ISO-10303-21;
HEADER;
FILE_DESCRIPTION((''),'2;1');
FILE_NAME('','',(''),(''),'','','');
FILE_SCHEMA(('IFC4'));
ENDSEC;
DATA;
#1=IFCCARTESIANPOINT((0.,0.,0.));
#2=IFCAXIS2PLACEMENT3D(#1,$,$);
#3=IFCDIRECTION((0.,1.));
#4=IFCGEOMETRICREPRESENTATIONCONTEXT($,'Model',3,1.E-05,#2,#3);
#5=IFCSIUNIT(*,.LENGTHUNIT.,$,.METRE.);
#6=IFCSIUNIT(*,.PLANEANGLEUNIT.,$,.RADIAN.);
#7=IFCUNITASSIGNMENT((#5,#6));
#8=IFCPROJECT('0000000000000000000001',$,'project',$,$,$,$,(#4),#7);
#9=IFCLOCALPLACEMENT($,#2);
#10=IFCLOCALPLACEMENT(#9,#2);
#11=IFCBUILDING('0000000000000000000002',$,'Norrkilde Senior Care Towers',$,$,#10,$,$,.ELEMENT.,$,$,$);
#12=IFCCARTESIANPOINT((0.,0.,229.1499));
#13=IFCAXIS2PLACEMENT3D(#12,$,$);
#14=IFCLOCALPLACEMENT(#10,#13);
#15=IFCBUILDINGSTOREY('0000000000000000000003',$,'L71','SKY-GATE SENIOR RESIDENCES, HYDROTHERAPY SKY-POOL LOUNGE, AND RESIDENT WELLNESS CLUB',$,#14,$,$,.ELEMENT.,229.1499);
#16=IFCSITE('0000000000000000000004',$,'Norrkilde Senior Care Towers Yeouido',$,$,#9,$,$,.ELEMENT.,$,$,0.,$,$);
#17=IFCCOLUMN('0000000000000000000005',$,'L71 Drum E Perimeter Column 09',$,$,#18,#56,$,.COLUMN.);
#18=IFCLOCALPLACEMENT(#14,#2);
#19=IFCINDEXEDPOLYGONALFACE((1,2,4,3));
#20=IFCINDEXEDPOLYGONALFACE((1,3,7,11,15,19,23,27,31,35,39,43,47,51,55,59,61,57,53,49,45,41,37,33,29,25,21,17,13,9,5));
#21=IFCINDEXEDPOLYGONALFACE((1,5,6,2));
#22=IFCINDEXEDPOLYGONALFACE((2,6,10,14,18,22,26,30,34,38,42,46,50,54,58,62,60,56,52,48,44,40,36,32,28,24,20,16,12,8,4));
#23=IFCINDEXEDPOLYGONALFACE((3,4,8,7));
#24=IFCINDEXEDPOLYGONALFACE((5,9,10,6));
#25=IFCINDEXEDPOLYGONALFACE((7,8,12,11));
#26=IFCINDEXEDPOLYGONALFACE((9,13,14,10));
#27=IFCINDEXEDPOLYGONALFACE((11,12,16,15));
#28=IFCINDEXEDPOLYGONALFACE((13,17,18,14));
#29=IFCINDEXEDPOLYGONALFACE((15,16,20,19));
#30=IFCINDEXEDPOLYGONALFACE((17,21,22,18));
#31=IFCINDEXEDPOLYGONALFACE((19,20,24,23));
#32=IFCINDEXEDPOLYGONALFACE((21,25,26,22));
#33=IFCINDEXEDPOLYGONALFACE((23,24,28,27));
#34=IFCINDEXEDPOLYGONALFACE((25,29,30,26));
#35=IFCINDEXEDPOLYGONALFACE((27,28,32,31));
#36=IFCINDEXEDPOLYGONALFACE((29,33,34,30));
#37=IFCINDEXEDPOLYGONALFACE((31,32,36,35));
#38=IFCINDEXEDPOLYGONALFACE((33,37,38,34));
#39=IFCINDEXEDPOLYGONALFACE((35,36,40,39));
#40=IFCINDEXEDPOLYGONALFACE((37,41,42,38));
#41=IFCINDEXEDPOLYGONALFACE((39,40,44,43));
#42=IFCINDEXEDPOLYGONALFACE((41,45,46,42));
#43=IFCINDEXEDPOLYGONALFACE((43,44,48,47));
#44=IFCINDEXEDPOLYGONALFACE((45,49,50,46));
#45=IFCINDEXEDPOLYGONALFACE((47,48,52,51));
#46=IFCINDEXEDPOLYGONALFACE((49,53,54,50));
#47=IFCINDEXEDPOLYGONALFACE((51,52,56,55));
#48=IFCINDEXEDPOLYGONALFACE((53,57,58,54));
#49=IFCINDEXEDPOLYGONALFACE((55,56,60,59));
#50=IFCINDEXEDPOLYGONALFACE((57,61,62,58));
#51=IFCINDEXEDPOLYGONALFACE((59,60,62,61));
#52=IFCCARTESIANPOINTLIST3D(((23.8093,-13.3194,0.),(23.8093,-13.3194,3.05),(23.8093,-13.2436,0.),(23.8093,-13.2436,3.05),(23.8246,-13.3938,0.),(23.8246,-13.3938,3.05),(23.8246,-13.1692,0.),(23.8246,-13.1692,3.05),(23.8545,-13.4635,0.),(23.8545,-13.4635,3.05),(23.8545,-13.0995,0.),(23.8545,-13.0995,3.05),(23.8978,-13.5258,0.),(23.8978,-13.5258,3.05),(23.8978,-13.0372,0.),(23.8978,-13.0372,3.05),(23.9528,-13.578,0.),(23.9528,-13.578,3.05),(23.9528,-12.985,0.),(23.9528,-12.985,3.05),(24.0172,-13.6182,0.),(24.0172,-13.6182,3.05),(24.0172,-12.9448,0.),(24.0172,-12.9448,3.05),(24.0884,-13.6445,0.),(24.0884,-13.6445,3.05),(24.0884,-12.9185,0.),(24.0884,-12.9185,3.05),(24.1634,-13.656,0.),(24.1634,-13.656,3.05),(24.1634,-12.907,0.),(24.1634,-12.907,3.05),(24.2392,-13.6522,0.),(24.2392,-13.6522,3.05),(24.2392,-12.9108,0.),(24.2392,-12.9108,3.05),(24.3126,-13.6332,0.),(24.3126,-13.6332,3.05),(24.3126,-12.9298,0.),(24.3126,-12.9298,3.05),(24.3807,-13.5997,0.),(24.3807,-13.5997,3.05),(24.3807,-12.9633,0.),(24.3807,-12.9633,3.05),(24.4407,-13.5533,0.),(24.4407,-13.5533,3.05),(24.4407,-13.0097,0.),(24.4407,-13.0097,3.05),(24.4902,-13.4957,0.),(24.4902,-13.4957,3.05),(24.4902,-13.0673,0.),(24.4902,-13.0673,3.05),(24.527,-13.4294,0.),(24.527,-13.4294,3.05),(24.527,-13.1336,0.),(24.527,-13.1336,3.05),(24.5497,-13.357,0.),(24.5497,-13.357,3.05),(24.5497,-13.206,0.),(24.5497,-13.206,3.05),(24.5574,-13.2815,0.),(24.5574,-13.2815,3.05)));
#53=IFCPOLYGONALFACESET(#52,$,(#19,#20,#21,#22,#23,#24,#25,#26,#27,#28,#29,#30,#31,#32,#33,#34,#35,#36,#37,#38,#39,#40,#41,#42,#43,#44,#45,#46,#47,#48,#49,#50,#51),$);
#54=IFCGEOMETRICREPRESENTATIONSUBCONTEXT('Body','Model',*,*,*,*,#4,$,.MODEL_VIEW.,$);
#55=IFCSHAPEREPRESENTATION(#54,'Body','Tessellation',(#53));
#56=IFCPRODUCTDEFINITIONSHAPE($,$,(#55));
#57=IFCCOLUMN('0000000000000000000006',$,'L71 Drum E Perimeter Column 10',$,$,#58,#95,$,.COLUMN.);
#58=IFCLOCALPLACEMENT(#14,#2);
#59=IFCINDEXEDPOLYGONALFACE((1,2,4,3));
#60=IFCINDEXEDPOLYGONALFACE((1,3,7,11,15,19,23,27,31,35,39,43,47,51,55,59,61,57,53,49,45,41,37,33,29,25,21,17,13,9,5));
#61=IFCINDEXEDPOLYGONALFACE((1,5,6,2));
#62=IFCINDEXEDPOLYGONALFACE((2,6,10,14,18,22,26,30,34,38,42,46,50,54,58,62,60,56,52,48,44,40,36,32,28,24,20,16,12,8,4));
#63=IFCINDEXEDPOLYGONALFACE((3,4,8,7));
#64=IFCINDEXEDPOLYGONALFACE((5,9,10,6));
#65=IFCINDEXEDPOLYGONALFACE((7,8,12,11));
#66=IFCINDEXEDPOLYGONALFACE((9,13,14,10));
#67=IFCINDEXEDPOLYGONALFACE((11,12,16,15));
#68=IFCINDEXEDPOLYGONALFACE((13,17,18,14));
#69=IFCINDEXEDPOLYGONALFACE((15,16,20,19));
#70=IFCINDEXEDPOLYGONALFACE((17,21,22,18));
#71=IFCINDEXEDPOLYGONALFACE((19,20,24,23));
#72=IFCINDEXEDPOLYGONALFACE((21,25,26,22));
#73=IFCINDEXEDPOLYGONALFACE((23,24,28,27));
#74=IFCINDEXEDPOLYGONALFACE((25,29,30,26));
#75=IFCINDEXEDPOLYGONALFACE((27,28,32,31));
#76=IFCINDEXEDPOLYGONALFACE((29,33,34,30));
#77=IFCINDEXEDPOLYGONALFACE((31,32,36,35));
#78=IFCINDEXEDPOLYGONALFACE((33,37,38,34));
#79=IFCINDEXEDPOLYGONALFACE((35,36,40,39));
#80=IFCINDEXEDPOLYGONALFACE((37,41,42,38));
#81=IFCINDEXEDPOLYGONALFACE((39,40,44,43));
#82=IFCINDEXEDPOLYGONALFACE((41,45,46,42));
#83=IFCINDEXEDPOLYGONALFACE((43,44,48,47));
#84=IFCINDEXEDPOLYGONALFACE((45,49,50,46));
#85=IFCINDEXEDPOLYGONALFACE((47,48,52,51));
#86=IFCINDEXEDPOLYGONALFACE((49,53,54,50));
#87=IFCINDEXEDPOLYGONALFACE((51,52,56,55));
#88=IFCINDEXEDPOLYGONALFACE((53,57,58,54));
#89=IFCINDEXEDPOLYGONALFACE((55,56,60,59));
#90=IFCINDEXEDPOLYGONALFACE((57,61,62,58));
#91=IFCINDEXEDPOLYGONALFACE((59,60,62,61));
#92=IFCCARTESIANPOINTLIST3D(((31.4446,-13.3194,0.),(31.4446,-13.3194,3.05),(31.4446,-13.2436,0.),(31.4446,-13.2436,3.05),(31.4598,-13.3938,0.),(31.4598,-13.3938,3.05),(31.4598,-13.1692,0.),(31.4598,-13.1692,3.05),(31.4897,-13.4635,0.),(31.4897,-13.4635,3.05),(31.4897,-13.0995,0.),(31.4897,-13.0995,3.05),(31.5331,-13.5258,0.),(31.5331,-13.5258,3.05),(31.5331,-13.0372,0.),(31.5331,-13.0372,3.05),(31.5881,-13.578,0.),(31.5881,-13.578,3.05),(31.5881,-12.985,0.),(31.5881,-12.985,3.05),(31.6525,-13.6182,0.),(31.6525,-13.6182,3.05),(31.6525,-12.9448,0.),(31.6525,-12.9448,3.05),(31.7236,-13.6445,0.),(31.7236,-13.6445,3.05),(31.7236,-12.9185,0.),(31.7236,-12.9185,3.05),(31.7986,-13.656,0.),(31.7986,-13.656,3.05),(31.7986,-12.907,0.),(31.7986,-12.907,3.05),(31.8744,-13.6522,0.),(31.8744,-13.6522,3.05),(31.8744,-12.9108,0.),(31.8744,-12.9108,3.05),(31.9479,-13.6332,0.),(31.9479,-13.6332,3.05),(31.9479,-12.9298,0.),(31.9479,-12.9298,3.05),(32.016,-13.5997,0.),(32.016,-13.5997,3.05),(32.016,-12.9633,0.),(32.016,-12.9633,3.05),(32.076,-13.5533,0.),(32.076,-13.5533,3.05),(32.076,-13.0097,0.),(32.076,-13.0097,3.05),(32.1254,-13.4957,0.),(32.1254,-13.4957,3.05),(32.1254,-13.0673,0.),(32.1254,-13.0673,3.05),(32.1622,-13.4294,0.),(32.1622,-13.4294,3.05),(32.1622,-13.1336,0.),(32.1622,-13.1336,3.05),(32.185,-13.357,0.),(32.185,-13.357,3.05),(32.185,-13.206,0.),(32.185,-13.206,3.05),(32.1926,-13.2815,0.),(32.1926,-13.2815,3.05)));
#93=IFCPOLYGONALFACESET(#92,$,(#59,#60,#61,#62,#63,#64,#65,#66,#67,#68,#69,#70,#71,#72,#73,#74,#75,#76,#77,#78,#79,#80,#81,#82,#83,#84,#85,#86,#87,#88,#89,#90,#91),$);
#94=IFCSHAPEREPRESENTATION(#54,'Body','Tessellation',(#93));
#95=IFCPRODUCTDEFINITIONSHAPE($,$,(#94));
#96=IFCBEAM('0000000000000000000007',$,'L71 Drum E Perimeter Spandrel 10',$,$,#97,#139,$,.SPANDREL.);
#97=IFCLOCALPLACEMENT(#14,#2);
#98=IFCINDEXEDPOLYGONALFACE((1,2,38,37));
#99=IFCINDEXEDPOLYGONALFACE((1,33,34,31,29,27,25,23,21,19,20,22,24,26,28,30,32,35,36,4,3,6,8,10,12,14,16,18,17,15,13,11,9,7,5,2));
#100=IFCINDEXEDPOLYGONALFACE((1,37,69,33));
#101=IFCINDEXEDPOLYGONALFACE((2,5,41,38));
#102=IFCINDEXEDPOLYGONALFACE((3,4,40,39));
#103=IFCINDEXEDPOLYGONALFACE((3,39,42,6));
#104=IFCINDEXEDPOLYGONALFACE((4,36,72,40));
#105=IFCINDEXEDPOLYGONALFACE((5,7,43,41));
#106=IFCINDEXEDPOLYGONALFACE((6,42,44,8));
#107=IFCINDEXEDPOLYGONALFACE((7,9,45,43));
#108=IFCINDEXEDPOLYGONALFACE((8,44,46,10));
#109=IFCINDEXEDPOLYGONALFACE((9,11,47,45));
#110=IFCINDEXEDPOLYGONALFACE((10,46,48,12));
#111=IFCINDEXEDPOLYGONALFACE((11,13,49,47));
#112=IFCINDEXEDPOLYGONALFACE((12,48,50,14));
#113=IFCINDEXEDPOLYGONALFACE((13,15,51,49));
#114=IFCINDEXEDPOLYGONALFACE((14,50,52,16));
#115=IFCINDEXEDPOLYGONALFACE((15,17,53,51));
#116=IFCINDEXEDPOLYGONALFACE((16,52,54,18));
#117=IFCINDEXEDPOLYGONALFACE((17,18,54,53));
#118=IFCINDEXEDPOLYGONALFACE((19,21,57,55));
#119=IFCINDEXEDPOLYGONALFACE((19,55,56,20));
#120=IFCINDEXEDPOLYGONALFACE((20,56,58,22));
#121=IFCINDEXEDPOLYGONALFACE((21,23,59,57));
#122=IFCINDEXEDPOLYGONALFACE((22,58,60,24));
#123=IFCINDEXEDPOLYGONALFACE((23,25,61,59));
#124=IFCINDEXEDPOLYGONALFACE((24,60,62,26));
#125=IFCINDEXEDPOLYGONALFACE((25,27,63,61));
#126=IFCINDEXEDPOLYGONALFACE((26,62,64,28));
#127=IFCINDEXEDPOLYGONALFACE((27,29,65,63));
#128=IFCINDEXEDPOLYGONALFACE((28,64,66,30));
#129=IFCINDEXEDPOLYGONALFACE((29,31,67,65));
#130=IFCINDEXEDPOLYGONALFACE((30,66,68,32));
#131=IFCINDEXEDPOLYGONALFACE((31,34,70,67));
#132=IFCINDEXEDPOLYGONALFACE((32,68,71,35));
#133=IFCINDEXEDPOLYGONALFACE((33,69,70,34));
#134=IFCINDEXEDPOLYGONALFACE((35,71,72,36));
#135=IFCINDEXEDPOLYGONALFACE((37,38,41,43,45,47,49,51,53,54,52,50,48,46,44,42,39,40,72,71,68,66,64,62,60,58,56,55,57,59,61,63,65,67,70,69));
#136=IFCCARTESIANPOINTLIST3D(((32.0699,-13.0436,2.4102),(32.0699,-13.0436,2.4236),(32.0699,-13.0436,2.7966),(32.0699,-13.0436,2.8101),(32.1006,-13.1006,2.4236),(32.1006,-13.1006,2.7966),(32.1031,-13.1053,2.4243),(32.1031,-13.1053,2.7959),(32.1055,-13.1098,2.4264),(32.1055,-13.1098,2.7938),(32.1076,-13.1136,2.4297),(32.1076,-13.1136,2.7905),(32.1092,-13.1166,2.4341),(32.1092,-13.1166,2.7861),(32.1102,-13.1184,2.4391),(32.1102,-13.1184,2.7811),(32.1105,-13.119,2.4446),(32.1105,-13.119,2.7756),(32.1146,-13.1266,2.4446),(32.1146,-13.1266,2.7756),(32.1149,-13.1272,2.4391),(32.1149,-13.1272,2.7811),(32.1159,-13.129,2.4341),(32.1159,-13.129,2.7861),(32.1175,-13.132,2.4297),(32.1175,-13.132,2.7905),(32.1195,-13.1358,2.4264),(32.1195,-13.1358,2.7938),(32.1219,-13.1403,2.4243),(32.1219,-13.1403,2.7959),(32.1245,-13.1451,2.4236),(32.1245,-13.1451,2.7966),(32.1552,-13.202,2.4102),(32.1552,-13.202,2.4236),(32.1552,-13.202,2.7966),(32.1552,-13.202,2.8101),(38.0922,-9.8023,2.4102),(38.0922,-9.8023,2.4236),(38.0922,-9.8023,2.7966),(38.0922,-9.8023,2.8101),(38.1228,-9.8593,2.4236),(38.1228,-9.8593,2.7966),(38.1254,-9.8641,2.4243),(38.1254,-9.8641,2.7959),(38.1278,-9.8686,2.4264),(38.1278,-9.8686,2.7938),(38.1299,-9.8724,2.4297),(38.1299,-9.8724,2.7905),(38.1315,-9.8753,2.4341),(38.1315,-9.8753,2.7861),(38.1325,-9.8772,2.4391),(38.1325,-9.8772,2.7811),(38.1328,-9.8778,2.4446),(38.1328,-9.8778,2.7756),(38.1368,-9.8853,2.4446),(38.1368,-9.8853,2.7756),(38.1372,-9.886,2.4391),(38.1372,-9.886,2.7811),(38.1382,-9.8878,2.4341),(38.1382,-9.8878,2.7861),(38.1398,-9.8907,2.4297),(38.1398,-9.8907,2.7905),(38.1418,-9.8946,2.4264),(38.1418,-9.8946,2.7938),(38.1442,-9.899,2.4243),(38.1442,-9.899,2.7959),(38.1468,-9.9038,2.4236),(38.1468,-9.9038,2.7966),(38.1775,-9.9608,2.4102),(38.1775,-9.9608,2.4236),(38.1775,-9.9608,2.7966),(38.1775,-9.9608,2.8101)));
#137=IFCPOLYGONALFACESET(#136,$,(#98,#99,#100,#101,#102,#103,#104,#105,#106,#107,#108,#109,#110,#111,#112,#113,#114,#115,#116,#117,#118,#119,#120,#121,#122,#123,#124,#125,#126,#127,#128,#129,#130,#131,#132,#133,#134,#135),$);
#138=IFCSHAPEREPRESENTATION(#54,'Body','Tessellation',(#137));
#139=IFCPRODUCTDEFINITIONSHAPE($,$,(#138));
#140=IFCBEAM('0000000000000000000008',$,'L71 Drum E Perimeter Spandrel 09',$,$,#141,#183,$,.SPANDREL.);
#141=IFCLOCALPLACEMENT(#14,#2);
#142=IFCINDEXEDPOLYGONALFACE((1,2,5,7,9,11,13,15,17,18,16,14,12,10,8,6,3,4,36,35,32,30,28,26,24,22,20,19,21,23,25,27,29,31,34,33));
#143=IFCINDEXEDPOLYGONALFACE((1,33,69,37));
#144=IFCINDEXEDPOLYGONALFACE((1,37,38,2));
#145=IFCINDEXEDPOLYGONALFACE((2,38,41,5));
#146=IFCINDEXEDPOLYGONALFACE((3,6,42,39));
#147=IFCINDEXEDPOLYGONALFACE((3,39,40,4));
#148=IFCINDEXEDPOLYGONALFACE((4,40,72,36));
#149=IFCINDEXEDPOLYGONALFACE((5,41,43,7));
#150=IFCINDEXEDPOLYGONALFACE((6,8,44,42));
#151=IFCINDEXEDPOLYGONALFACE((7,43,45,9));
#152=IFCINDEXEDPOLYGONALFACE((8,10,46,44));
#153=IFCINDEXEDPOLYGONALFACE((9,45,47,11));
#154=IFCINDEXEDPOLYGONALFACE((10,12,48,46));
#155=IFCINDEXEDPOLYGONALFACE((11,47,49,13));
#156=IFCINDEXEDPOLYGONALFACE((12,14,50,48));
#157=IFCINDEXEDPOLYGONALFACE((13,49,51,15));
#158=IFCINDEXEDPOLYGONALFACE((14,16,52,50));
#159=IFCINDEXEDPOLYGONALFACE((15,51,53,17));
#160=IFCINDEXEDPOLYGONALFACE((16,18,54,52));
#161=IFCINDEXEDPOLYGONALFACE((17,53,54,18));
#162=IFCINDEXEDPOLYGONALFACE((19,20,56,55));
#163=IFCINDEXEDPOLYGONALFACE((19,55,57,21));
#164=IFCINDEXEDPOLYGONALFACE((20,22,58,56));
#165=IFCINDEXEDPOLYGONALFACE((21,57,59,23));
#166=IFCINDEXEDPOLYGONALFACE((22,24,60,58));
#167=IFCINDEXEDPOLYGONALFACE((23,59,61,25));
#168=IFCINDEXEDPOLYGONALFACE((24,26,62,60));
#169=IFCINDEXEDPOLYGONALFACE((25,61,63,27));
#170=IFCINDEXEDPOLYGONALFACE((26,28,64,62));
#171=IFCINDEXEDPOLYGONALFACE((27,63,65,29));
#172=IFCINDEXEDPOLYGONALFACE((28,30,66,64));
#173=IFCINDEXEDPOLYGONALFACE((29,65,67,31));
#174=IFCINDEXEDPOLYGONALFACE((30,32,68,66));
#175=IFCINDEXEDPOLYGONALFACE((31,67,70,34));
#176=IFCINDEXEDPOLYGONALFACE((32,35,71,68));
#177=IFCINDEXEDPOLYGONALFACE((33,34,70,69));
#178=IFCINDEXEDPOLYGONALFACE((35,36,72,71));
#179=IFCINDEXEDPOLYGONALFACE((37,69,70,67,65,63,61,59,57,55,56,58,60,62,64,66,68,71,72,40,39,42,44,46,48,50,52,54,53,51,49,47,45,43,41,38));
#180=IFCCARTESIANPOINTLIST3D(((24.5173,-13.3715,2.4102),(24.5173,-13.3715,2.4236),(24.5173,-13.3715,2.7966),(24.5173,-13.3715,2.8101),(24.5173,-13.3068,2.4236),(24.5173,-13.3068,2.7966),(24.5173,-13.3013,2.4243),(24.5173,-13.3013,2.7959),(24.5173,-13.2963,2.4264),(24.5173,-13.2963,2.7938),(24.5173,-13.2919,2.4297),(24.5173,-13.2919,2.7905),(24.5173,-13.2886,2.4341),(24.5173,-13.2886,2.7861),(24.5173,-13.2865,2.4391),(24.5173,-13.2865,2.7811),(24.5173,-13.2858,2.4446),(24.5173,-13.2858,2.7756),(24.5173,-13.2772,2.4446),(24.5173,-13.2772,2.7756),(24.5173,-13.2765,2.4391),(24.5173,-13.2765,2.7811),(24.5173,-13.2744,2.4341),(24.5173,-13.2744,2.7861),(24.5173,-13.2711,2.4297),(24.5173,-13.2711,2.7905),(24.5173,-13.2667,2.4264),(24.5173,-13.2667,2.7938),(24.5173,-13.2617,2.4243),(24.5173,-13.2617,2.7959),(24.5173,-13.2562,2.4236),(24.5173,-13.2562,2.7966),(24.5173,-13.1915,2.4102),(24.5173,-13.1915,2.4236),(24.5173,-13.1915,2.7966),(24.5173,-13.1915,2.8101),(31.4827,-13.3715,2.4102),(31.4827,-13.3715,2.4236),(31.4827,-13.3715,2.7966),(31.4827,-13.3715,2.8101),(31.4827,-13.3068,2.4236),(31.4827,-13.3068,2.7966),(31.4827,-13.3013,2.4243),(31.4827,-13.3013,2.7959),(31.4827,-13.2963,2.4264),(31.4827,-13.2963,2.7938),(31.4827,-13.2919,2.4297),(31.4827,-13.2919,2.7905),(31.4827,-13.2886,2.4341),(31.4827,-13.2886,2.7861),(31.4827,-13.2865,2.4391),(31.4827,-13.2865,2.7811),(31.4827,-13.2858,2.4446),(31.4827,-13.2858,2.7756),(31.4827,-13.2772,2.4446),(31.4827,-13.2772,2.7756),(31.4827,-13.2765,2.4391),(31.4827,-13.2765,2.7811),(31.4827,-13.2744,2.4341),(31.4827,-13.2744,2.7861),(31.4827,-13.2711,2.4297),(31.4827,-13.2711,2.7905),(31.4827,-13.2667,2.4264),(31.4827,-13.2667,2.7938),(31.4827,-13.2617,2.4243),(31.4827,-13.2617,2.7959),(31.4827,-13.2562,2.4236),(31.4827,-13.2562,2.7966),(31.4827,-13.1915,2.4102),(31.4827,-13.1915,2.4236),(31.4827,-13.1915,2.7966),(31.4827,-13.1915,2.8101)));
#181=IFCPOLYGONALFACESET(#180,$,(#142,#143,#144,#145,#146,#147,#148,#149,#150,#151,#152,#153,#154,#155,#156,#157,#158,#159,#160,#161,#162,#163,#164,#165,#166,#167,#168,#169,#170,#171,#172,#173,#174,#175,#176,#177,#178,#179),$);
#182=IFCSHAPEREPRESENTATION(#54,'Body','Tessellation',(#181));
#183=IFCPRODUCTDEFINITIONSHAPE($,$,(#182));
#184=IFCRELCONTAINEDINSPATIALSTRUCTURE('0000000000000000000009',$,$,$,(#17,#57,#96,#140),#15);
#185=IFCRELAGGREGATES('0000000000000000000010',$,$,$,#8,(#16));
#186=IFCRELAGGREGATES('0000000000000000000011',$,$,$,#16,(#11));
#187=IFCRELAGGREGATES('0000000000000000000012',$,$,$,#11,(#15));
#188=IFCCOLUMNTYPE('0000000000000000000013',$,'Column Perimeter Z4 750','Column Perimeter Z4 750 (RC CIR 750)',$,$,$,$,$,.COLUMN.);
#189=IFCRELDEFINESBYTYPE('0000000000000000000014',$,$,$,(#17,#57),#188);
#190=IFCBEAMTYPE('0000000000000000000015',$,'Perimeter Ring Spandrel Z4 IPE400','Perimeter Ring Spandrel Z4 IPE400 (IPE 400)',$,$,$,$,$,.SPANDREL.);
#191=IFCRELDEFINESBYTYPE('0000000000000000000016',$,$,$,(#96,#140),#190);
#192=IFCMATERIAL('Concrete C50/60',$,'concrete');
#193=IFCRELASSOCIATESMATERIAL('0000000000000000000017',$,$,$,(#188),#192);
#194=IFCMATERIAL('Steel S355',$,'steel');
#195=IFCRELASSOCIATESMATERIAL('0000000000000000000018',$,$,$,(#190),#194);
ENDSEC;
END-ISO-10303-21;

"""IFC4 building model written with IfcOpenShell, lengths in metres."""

from ifc_helpers import new_model, si_unit, direction, frame, origin, origin_2d, place, context, subcontext, project, spatial, circle, i_section, extrude, source, transform, mapped, material, material_profile, profile_set, type_object, type_shapes, element, save


model = new_model("IFC4")

# Units and contexts
model_context = context("Model", 3, precision=1e-05, world=origin(), true_north=direction((0.0, 1.0)))
body_context = subcontext(model_context, "Body", "Model", "MODEL_VIEW")
ifc_project = project(units=[si_unit("LENGTHUNIT", "METRE"), si_unit("PLANEANGLEUNIT", "RADIAN")], contexts=[model_context])

# Site, building, storey
site_placement = place(None, origin())
site = spatial("IfcSite", under=ifc_project, at=site_placement, Name="Norrkilde Senior Care Towers Yeouido", CompositionType="ELEMENT", RefElevation=0.0)
building_placement = place(site_placement, origin())
building = spatial("IfcBuilding", under=site, at=building_placement, Name="Norrkilde Senior Care Towers", CompositionType="ELEMENT")
storey_placement = place(building_placement, frame((0.0, 0.0, 229.1499)))
storey = spatial("IfcBuildingStorey", under=building, at=storey_placement, Name="L71", Description="SKY-GATE SENIOR RESIDENCES, HYDROTHERAPY SKY-POOL LOUNGE, AND RESIDENT WELLNESS CLUB", CompositionType="ELEMENT", Elevation=229.1499)

# Columns
ifc_material_1 = material(Name="Concrete C50/60", Category="concrete")
ifc_material_profile_1 = material_profile(ifc_material_1, circle(Radius=0.375, at=origin_2d()), Name="RC CIR 750")
ifc_profile_set_1 = profile_set([ifc_material_profile_1], Name="Concrete C50/60")
column_type = type_object("IfcColumnType", Name="Column Perimeter Z4 750", Description="Column Perimeter Z4 750 (RC CIR 750)", PredefinedType="COLUMN", material=ifc_profile_set_1)
shared_shape_1 = source(origin(), body_context, "Body", "SweptSolid", [
    extrude(circle(Radius=0.375, at=origin_2d()), origin(), (0.0, 0.0, 1.0), 3.05),
])
type_shapes(column_type, [shared_shape_1])
for number, where, z_axis, x_axis, name in (
    (1, (24.1824, -13.2815, 0.0), (0.0, 0.0, 1.0), (1.0, 0.0, 0.0), "L71 Drum E Perimeter Column 09"),
    (2, (31.8176, -13.2815, 0.0), (0.0, 0.0, 1.0), (1.0, 0.0, 0.0), "L71 Drum E Perimeter Column 10"),
):
    element("IfcColumn", number, at=place(storey_placement, frame(where, z_axis=z_axis, x_axis=x_axis)), inside=storey, type_object=column_type, Name=name, PredefinedType="COLUMN", context=body_context, shape_type="MappedRepresentation", body=[
        mapped(shared_shape_1, transform((0.0, 0.0, 0.0), x_axis=(1.0, 0.0, 0.0), y_axis=(0.0, 1.0, 0.0), z_axis=(0.0, 0.0, 1.0), scale=1.0)),
    ])

# Beams
ifc_material_2 = material(Name="Steel S355", Category="steel")
ifc_material_profile_2 = material_profile(ifc_material_2, i_section(OverallWidth=0.1799, OverallDepth=0.3999, WebThickness=0.0085, FlangeThickness=0.0134, FilletRadius=0.021, at=origin_2d()), Name="IPE 400")
ifc_profile_set_2 = profile_set([ifc_material_profile_2], Name="Steel S355")
beam_type_1 = type_object("IfcBeamType", Name="Perimeter Ring Spandrel Z4 IPE400", Description="Perimeter Ring Spandrel Z4 IPE400 (IPE 400)", PredefinedType="SPANDREL", material=ifc_profile_set_2)
shared_shape_2 = source(origin(), body_context, "Body", "SweptSolid", [
    extrude(i_section(OverallWidth=0.1799, OverallDepth=0.3999, WebThickness=0.0085, FlangeThickness=0.0134, FilletRadius=0.021, at=origin_2d()), origin(), (0.0, 0.0, 1.0), 6.8391),
])
beam_1_placement = place(storey_placement, frame((32.1125, -13.1228, 2.6101), z_axis=(0.880564, 0.473927, 0.0), x_axis=(-0.473927, 0.880564, 0.0)))
element("IfcBeam", 3, at=beam_1_placement, inside=storey, type_object=beam_type_1, Name="L71 Drum E Perimeter Spandrel 10", PredefinedType="SPANDREL", context=body_context, shape_type="MappedRepresentation", body=[
    mapped(shared_shape_2, transform((0.0, 0.0, 0.0), x_axis=(1.0, 0.0, 0.0), y_axis=(0.0, 1.0, 0.0), z_axis=(0.0, 0.0, 1.0), scale=1.0)),
])
shared_shape_3 = source(origin(), body_context, "Body", "SweptSolid", [
    extrude(i_section(OverallWidth=0.1799, OverallDepth=0.3999, WebThickness=0.0085, FlangeThickness=0.0134, FilletRadius=0.021, at=origin_2d()), origin(), (0.0, 0.0, 1.0), 6.9653),
])
type_shapes(beam_type_1, [shared_shape_2, shared_shape_3])
beam_2_placement = place(storey_placement, frame((24.5173, -13.2815, 2.6101), z_axis=(1.0, 0.0, 0.0), x_axis=(0.0, 1.0, 0.0)))
element("IfcBeam", 4, at=beam_2_placement, inside=storey, type_object=beam_type_1, Name="L71 Drum E Perimeter Spandrel 09", PredefinedType="SPANDREL", context=body_context, shape_type="MappedRepresentation", body=[
    mapped(shared_shape_3, transform((0.0, 0.0, 0.0), x_axis=(1.0, 0.0, 0.0), y_axis=(0.0, 1.0, 0.0), z_axis=(0.0, 0.0, 1.0), scale=1.0)),
])

save(model, "model.ifc")
